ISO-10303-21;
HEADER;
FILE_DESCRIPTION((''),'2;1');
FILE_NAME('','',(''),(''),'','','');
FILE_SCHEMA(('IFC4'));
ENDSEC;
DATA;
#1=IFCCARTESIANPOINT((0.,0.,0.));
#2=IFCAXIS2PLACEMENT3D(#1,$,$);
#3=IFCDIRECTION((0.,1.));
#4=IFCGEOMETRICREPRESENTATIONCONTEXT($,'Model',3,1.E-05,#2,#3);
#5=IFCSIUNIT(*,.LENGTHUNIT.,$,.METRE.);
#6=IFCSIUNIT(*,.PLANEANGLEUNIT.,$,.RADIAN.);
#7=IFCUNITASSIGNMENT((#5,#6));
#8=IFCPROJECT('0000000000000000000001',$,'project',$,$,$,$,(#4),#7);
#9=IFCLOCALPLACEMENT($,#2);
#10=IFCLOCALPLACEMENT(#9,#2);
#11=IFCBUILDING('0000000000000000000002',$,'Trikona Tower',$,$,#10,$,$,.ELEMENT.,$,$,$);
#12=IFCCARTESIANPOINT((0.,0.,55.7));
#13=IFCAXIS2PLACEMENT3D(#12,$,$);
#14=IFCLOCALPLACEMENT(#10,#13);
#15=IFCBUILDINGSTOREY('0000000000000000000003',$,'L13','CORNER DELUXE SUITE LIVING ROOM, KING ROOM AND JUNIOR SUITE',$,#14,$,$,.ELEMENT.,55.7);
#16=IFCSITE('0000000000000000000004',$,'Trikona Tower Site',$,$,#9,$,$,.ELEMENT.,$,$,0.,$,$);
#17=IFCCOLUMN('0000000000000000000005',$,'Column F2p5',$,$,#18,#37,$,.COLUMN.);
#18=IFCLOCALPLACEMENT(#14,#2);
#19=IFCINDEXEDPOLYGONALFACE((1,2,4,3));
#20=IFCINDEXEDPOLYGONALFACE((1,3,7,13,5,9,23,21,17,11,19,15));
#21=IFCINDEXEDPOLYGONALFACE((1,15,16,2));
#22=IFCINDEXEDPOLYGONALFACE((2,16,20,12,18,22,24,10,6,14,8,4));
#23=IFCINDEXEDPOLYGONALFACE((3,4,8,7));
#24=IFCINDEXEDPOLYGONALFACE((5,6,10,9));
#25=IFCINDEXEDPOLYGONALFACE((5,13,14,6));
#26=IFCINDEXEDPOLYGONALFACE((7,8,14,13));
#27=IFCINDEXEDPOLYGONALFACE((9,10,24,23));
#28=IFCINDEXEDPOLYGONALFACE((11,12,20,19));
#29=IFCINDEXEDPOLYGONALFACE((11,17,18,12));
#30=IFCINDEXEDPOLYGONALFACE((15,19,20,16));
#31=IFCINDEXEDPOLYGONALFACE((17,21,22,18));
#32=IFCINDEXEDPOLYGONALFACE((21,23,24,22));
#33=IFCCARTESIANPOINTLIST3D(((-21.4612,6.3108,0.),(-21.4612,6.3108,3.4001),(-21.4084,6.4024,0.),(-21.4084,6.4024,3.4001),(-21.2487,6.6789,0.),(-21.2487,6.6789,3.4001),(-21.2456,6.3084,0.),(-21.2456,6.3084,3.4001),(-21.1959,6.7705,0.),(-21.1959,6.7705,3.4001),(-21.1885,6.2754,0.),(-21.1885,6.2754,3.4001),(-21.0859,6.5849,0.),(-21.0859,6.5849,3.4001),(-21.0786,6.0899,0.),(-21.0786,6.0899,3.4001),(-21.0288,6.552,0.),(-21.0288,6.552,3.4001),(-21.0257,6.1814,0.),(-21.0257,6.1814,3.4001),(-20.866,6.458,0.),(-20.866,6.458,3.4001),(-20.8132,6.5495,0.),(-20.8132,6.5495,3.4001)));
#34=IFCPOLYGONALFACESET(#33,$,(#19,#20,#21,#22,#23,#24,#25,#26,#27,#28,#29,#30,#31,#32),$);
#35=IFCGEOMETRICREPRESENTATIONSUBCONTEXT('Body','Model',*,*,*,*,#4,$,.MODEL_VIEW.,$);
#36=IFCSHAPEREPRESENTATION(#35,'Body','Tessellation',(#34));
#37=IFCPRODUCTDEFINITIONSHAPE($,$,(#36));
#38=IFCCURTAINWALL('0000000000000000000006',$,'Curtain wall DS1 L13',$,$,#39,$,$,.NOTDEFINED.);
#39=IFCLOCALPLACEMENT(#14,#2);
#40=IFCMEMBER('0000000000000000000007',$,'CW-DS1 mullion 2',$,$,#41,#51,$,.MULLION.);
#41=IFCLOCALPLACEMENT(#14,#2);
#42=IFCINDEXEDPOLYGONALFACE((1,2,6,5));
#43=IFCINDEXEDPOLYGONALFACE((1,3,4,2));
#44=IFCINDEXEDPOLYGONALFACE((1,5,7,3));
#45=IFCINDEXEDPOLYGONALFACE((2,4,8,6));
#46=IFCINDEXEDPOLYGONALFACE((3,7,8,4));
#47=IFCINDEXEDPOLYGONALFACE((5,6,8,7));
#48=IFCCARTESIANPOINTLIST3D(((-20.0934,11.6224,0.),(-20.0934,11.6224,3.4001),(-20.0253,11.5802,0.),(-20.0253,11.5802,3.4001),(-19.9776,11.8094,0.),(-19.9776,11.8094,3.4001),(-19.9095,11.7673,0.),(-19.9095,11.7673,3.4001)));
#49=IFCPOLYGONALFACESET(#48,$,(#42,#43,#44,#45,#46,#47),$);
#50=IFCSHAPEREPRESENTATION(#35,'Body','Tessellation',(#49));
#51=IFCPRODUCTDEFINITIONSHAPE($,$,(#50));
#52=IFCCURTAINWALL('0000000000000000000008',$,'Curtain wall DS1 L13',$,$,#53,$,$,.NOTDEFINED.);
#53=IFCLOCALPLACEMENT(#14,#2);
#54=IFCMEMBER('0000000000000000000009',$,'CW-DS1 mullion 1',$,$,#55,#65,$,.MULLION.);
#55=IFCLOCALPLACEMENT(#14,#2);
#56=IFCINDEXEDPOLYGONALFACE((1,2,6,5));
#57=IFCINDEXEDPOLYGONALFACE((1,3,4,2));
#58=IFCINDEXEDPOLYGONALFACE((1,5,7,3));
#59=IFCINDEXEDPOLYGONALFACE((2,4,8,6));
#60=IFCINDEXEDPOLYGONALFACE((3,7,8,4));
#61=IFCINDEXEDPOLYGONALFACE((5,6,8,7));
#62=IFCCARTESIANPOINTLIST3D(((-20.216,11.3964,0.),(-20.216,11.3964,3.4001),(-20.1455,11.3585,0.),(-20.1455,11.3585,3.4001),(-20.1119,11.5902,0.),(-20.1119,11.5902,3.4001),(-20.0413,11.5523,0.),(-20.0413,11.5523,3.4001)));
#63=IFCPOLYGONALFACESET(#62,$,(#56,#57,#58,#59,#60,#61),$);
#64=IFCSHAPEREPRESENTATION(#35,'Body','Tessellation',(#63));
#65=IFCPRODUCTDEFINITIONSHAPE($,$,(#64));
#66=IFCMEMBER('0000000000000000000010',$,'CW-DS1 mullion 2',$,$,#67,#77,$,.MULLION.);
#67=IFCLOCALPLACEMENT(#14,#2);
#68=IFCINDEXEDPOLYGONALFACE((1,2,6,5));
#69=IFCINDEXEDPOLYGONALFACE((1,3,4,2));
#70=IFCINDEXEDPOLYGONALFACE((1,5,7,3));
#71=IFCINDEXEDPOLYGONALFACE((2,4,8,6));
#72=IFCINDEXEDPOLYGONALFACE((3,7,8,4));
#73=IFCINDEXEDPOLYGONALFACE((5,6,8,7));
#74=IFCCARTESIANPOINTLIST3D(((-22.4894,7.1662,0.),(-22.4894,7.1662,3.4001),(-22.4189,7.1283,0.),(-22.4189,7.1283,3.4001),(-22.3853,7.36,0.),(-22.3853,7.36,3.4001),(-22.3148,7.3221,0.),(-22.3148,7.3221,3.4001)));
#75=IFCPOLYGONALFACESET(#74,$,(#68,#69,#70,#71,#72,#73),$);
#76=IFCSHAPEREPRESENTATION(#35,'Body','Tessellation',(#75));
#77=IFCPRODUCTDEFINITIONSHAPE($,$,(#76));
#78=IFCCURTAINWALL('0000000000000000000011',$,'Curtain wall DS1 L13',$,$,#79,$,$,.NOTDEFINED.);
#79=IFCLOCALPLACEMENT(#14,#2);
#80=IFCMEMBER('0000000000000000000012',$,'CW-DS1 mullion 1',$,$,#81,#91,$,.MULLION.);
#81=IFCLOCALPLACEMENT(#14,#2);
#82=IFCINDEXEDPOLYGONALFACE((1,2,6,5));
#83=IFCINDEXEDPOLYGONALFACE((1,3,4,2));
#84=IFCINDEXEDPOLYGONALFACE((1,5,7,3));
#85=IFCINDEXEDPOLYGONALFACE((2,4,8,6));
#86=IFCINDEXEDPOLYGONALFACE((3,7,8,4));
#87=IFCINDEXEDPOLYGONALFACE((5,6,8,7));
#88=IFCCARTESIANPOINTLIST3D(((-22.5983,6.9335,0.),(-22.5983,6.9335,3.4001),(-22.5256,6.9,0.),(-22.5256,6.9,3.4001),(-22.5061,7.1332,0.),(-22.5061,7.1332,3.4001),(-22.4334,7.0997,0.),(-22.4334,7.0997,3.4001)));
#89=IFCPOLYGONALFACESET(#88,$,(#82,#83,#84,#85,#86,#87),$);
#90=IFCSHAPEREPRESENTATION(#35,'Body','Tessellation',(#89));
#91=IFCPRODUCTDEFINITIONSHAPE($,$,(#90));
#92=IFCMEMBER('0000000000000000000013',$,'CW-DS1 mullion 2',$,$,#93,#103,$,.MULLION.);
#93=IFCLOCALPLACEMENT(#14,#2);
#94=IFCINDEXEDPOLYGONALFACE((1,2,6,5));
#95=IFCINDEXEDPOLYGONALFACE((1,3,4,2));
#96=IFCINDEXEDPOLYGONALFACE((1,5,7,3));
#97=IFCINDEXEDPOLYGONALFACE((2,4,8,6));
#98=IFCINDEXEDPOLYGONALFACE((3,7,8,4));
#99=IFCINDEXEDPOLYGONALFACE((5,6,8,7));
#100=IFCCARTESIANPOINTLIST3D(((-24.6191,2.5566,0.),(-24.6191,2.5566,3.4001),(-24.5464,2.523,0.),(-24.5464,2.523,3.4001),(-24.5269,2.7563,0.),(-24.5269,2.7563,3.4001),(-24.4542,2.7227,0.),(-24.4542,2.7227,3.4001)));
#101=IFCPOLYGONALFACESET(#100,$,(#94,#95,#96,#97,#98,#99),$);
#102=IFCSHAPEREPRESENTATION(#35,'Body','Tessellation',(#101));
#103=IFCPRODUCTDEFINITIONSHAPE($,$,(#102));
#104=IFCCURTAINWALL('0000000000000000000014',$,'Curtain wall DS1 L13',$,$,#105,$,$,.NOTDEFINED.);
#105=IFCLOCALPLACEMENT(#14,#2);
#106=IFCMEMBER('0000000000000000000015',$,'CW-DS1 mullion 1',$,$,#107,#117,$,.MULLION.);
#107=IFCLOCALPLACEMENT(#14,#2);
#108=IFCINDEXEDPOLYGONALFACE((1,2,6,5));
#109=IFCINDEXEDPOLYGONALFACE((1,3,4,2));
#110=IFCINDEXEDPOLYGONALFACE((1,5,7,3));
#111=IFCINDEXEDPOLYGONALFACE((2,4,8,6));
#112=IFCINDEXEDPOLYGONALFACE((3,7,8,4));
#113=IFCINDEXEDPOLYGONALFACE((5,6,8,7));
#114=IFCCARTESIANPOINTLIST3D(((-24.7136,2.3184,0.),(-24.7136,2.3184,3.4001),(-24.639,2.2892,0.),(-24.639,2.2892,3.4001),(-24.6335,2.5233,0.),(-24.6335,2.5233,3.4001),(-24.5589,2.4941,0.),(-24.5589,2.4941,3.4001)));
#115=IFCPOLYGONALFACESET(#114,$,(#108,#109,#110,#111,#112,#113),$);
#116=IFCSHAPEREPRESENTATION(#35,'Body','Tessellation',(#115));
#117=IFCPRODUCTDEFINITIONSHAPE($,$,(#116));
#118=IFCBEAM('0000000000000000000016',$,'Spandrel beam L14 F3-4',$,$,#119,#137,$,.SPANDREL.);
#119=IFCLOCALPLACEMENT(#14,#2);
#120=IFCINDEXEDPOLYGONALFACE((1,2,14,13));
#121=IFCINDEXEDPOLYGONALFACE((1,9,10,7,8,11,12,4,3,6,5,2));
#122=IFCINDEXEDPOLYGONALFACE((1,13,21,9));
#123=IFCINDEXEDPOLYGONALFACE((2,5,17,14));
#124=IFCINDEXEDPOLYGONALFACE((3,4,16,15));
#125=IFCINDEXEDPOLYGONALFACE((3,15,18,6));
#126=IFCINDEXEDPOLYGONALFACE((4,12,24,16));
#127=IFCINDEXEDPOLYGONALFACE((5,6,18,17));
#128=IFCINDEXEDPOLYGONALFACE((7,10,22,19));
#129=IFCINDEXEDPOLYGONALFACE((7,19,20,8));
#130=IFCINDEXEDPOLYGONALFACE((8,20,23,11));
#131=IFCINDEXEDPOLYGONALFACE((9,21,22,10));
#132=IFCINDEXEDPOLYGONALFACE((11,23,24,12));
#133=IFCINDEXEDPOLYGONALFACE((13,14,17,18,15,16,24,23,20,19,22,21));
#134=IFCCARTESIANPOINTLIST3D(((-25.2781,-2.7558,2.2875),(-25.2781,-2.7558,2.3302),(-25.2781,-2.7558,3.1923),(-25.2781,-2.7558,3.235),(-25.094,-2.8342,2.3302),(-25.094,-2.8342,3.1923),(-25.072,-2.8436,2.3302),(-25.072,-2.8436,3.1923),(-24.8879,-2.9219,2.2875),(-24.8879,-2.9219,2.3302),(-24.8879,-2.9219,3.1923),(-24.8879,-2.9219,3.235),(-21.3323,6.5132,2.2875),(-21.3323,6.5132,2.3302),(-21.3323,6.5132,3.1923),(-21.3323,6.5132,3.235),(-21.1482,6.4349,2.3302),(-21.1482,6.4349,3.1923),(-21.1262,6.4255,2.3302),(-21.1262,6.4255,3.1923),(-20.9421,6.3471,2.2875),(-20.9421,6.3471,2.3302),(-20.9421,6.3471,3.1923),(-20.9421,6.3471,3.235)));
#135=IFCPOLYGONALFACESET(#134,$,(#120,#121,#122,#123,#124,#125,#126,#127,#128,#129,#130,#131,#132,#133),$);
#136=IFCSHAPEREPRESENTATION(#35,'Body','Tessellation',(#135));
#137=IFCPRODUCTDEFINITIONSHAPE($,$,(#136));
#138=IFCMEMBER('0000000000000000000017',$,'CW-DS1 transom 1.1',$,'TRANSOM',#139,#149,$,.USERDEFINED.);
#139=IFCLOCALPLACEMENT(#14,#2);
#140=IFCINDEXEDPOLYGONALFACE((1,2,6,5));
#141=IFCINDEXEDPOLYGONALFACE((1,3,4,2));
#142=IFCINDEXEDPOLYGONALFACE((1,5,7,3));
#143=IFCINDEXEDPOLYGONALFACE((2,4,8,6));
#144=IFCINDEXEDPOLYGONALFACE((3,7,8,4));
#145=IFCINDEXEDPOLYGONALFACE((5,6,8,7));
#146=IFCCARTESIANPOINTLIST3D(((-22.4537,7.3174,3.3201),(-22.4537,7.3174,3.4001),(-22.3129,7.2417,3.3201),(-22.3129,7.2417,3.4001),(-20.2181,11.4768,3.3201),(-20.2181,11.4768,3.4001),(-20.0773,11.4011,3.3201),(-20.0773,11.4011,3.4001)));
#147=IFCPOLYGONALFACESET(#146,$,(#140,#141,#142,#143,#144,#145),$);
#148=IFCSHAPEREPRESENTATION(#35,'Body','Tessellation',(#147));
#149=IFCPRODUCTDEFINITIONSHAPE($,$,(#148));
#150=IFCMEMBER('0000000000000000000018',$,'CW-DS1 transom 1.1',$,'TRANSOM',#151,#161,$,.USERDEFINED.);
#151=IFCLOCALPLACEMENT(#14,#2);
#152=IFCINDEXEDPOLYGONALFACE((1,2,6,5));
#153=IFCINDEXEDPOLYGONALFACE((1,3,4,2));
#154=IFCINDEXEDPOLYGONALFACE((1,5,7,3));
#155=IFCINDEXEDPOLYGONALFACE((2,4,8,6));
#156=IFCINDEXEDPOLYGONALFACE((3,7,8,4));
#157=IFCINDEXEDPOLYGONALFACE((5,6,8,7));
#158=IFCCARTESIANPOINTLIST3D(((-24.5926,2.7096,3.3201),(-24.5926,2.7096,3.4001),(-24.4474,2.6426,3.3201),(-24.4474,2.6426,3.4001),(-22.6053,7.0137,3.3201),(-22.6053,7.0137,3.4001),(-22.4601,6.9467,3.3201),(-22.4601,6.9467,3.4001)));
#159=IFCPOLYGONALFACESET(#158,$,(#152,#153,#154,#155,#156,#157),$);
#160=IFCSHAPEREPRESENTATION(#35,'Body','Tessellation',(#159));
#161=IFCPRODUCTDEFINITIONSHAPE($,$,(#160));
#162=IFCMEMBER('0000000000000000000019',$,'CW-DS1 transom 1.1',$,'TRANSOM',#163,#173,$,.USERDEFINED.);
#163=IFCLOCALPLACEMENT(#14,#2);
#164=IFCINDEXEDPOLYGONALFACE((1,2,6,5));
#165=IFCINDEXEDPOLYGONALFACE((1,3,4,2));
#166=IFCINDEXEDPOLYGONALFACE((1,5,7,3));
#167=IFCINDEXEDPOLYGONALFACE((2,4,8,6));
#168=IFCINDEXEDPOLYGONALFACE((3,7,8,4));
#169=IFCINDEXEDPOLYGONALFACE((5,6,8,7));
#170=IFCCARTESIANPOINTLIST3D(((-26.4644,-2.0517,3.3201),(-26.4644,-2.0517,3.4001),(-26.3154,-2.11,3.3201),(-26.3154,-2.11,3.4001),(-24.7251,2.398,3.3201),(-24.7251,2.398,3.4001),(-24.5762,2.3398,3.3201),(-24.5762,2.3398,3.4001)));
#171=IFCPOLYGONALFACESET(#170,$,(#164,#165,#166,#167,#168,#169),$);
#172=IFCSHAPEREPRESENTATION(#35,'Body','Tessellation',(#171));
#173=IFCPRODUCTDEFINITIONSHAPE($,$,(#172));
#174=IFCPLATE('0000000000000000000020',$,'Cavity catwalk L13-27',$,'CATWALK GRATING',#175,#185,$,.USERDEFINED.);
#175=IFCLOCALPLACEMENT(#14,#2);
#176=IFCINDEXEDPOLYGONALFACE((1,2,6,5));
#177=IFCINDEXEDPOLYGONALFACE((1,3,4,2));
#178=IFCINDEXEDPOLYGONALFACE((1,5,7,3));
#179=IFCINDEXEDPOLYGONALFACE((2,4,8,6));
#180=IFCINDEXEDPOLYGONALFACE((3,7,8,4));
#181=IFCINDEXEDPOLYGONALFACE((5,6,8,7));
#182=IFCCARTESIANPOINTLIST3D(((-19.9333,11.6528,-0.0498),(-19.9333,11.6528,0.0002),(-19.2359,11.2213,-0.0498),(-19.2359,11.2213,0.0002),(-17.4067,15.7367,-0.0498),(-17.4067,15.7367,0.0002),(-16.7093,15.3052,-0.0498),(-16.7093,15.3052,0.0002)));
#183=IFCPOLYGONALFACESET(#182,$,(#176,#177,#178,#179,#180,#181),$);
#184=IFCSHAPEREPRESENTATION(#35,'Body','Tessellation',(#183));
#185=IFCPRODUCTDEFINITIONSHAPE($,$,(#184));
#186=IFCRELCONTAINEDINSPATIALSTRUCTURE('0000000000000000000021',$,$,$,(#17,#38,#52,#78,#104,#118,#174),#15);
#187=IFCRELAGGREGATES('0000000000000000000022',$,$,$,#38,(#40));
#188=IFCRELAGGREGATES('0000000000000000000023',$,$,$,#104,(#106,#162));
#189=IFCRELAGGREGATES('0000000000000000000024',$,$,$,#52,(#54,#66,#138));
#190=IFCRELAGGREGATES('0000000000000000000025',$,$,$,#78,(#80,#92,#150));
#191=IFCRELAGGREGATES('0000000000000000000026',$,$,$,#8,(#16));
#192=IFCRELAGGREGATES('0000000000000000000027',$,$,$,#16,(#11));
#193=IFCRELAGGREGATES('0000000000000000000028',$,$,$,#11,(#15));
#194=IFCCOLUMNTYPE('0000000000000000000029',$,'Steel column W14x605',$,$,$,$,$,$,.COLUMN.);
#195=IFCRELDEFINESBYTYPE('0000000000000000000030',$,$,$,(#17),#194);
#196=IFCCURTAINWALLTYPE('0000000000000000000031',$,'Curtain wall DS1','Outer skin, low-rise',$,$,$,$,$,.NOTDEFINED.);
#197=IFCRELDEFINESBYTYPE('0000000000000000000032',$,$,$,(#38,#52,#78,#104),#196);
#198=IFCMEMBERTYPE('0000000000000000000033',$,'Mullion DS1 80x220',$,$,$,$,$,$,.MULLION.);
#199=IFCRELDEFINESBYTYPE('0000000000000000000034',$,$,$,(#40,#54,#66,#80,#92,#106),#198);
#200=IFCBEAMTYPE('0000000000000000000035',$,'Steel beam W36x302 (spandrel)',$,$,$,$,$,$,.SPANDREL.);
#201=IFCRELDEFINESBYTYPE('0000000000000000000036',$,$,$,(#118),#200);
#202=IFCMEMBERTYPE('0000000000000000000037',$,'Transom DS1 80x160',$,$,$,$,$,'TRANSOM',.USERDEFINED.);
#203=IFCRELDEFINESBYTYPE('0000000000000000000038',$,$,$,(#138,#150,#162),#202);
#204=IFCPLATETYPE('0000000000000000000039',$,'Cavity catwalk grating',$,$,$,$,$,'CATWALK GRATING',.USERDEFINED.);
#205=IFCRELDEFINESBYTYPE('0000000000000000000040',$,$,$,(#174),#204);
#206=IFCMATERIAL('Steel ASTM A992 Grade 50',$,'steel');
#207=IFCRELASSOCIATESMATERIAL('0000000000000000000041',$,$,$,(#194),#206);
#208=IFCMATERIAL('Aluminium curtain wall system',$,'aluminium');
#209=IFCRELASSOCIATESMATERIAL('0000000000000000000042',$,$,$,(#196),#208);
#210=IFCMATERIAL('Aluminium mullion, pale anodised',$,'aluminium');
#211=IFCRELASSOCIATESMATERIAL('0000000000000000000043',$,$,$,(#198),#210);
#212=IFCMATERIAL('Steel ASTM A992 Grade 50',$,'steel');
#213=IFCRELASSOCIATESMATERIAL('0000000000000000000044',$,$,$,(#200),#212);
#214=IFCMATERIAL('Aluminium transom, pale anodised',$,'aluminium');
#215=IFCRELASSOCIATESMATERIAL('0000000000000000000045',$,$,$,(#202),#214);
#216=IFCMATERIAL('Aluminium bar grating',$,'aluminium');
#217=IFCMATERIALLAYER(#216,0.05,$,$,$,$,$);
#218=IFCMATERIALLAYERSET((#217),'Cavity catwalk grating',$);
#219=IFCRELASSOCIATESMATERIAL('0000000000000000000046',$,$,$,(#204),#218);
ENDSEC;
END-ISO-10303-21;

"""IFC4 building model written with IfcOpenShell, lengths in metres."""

from ifc_helpers import new_model, si_unit, direction, frame, origin, origin_2d, place, context, subcontext, project, spatial, rectangle, i_section, extrude, material, layer, layer_set, material_profile, profile_set, type_object, element, aggregate, save


model = new_model("IFC4")

# Units and contexts
model_context = context("Model", 3, precision=1e-05, world=origin(), true_north=direction((0.0, 1.0)))
body_context = subcontext(model_context, "Body", "Model", "MODEL_VIEW")
ifc_project = project(units=[si_unit("LENGTHUNIT", "METRE"), si_unit("PLANEANGLEUNIT", "RADIAN")], contexts=[model_context])

# Site, building, storey
site_placement = place(None, origin())
site = spatial("IfcSite", under=ifc_project, at=site_placement, Name="Trikona Tower Site", CompositionType="ELEMENT", RefElevation=0.0)
building_placement = place(site_placement, origin())
building = spatial("IfcBuilding", under=site, at=building_placement, Name="Trikona Tower", CompositionType="ELEMENT")
storey_placement = place(building_placement, frame((0.0, 0.0, 55.7)))
storey = spatial("IfcBuildingStorey", under=building, at=storey_placement, Name="L13", Description="CORNER DELUXE SUITE LIVING ROOM, KING ROOM AND JUNIOR SUITE", CompositionType="ELEMENT", Elevation=55.7)

# Column
ifc_material_1 = material(Name="Steel ASTM A992 Grade 50", Category="steel")
ifc_material_profile_1 = material_profile(ifc_material_1, i_section(OverallWidth=0.4419, OverallDepth=0.5308, WebThickness=0.0659, FlangeThickness=0.1057, at=origin_2d()), Name="W14X605")
ifc_profile_set_1 = profile_set([ifc_material_profile_1], Name="Steel ASTM A992 Grade 50")
column_type = type_object("IfcColumnType", Name="Steel column W14x605", PredefinedType="COLUMN", material=ifc_profile_set_1)
column_placement = place(storey_placement, frame((-21.1372, 6.4302, 0.0), z_axis=(0.0, 0.0, 1.0), x_axis=(-0.866025, 0.5, 0.0)))
element("IfcColumn", 1, at=column_placement, inside=storey, type_object=column_type, Name="Column F2p5", PredefinedType="COLUMN", context=body_context, shape_type="SweptSolid", body=[
    extrude(i_section(OverallWidth=0.4419, OverallDepth=0.5308, WebThickness=0.0659, FlangeThickness=0.1057, at=origin_2d()), origin(), (0.0, 0.0, 1.0), 3.4001),
])

# Curtain wall, member
ifc_material_2 = material(Name="Aluminium curtain wall system", Category="aluminium")
curtain_wall_type = type_object("IfcCurtainWallType", Name="Curtain wall DS1", Description="Outer skin, low-rise", PredefinedType="NOTDEFINED", material=ifc_material_2)
curtain_wall_1_placement = place(storey_placement, origin())
curtain_wall_1 = element("IfcCurtainWall", 2, at=curtain_wall_1_placement, inside=storey, type_object=curtain_wall_type, Name="Curtain wall DS1 L13", PredefinedType="NOTDEFINED")
ifc_material_3 = material(Name="Aluminium mullion, pale anodised", Category="aluminium")
ifc_material_profile_2 = material_profile(ifc_material_3, rectangle(XDim=0.0801, YDim=0.22, at=origin_2d()), Name="MUL-DS1")
ifc_profile_set_2 = profile_set([ifc_material_profile_2], Name="Aluminium mullion, pale anodised")
member_type_1 = type_object("IfcMemberType", Name="Mullion DS1 80x220", PredefinedType="MULLION", material=ifc_profile_set_2)
member_1_placement = place(storey_placement, frame((-20.0015, 11.6948, 0.0), z_axis=(0.0, 0.0, 1.0), x_axis=(0.85041, -0.52612, 0.0)))
member_1 = element("IfcMember", 3, at=member_1_placement, type_object=member_type_1, Name="CW-DS1 mullion 2", PredefinedType="MULLION", context=body_context, shape_type="SweptSolid", body=[
    extrude(rectangle(XDim=0.0801, YDim=0.22, at=origin_2d()), origin(), (0.0, 0.0, 1.0), 3.4001),
])
aggregate(curtain_wall_1, [member_1])

# Curtain walls, members
curtain_wall_2_placement = place(storey_placement, origin())
curtain_wall_2 = element("IfcCurtainWall", 4, at=curtain_wall_2_placement, inside=storey, type_object=curtain_wall_type, Name="Curtain wall DS1 L13", PredefinedType="NOTDEFINED")
member_2_placement = place(storey_placement, frame((-20.1287, 11.4744, 0.0), z_axis=(0.0, 0.0, 1.0), x_axis=(0.880843, -0.473408, 0.0)))
member_2 = element("IfcMember", 5, at=member_2_placement, type_object=member_type_1, Name="CW-DS1 mullion 1", PredefinedType="MULLION", context=body_context, shape_type="SweptSolid", body=[
    extrude(rectangle(XDim=0.0801, YDim=0.22, at=origin_2d()), origin(), (0.0, 0.0, 1.0), 3.4001),
])
member_3_placement = place(storey_placement, frame((-22.4021, 7.2441, 0.0), z_axis=(0.0, 0.0, 1.0), x_axis=(0.880843, -0.473408, 0.0)))
member_3 = element("IfcMember", 6, at=member_3_placement, type_object=member_type_1, Name="CW-DS1 mullion 2", PredefinedType="MULLION", context=body_context, shape_type="SweptSolid", body=[
    extrude(rectangle(XDim=0.0801, YDim=0.22, at=origin_2d()), origin(), (0.0, 0.0, 1.0), 3.4001),
])
curtain_wall_3_placement = place(storey_placement, origin())
curtain_wall_3 = element("IfcCurtainWall", 7, at=curtain_wall_3_placement, inside=storey, type_object=curtain_wall_type, Name="Curtain wall DS1 L13", PredefinedType="NOTDEFINED")
member_4_placement = place(storey_placement, frame((-22.5159, 7.0166, 0.0), z_axis=(0.0, 0.0, 1.0), x_axis=(0.907898, -0.41919, 0.0)))
member_4 = element("IfcMember", 8, at=member_4_placement, type_object=member_type_1, Name="CW-DS1 mullion 1", PredefinedType="MULLION", context=body_context, shape_type="SweptSolid", body=[
    extrude(rectangle(XDim=0.0801, YDim=0.22, at=origin_2d()), origin(), (0.0, 0.0, 1.0), 3.4001),
])
member_5_placement = place(storey_placement, frame((-24.5366, 2.6396, 0.0), z_axis=(0.0, 0.0, 1.0), x_axis=(0.907898, -0.41919, 0.0)))
member_5 = element("IfcMember", 9, at=member_5_placement, type_object=member_type_1, Name="CW-DS1 mullion 2", PredefinedType="MULLION", context=body_context, shape_type="SweptSolid", body=[
    extrude(rectangle(XDim=0.0801, YDim=0.22, at=origin_2d()), origin(), (0.0, 0.0, 1.0), 3.4001),
])

# Curtain wall, member
curtain_wall_4_placement = place(storey_placement, origin())
curtain_wall_4 = element("IfcCurtainWall", 10, at=curtain_wall_4_placement, inside=storey, type_object=curtain_wall_type, Name="Curtain wall DS1 L13", PredefinedType="NOTDEFINED")
member_6_placement = place(storey_placement, frame((-24.6362, 2.4062, 0.0), z_axis=(0.0, 0.0, 1.0), x_axis=(0.931396, -0.364008, 0.0)))
member_6 = element("IfcMember", 11, at=member_6_placement, type_object=member_type_1, Name="CW-DS1 mullion 1", PredefinedType="MULLION", context=body_context, shape_type="SweptSolid", body=[
    extrude(rectangle(XDim=0.0801, YDim=0.22, at=origin_2d()), origin(), (0.0, 0.0, 1.0), 3.4001),
])

# Beam
ifc_material_4 = material(Name="Steel ASTM A992 Grade 50", Category="steel")
ifc_material_profile_3 = material_profile(ifc_material_4, i_section(OverallWidth=0.4241, OverallDepth=0.9475, WebThickness=0.0239, FlangeThickness=0.0427, at=origin_2d()), Name="W36X302")
ifc_profile_set_3 = profile_set([ifc_material_profile_3], Name="Steel ASTM A992 Grade 50")
beam_type = type_object("IfcBeamType", Name="Steel beam W36x302 (spandrel)", PredefinedType="SPANDREL", material=ifc_profile_set_3)
beam_placement = place(storey_placement, frame((-21.1372, 6.4302, 2.7612), z_axis=(-0.391684, -0.9201, 0.0), x_axis=(0.9201, -0.391684, 0.0)))
element("IfcBeam", 12, at=beam_placement, inside=storey, type_object=beam_type, Name="Spandrel beam L14 F3-4", PredefinedType="SPANDREL", context=body_context, shape_type="SweptSolid", body=[
    extrude(i_section(OverallWidth=0.4241, OverallDepth=0.9475, WebThickness=0.0239, FlangeThickness=0.0427, at=origin_2d()), origin(), (0.0, 0.0, 1.0), 10.074),
])

# Members
ifc_material_5 = material(Name="Aluminium transom, pale anodised", Category="aluminium")
ifc_material_profile_4 = material_profile(ifc_material_5, rectangle(XDim=0.1599, YDim=0.0801, at=origin_2d()), Name="TRN-DS1")
ifc_profile_set_4 = profile_set([ifc_material_profile_4], Name="Aluminium transom, pale anodised")
member_type_2 = type_object("IfcMemberType", Name="Transom DS1 80x160", ElementType="TRANSOM", PredefinedType="USERDEFINED", material=ifc_profile_set_4)
member_7_placement = place(storey_placement, frame((-20.1477, 11.439, 3.3601), z_axis=(-0.473428, -0.880833, 0.0), x_axis=(0.880833, -0.473428, 0.0)))
member_7 = element("IfcMember", 13, at=member_7_placement, type_object=member_type_2, Name="CW-DS1 transom 1.1", ObjectType="TRANSOM", PredefinedType="USERDEFINED", context=body_context, shape_type="SweptSolid", body=[
    extrude(rectangle(XDim=0.1599, YDim=0.0801, at=origin_2d()), origin(), (0.0, 0.0, 1.0), 4.7222),
])
member_8_placement = place(storey_placement, frame((-22.5327, 6.9802, 3.3601), z_axis=(-0.419189, -0.907899, 0.0), x_axis=(0.907899, -0.419189, 0.0)))
member_8 = element("IfcMember", 14, at=member_8_placement, type_object=member_type_2, Name="CW-DS1 transom 1.1", ObjectType="TRANSOM", PredefinedType="USERDEFINED", context=body_context, shape_type="SweptSolid", body=[
    extrude(rectangle(XDim=0.1599, YDim=0.0801, at=origin_2d()), origin(), (0.0, 0.0, 1.0), 4.7407),
])
member_9_placement = place(storey_placement, frame((-24.6506, 2.3689, 3.3601), z_axis=(-0.364049, -0.93138, 0.0), x_axis=(0.93138, -0.364049, 0.0)))
member_9 = element("IfcMember", 15, at=member_9_placement, type_object=member_type_2, Name="CW-DS1 transom 1.1", ObjectType="TRANSOM", PredefinedType="USERDEFINED", context=body_context, shape_type="SweptSolid", body=[
    extrude(rectangle(XDim=0.1599, YDim=0.0801, at=origin_2d()), origin(), (0.0, 0.0, 1.0), 4.7776),
])
aggregate(curtain_wall_4, [member_6, member_9])

# Plate
ifc_material_6 = material(Name="Aluminium bar grating", Category="aluminium")
ifc_layer_1 = layer(ifc_material_6, 0.05)
ifc_layer_set_1 = layer_set([ifc_layer_1], Name="Cavity catwalk grating")
plate_type_1 = type_object("IfcPlateType", Name="Cavity catwalk grating", ElementType="CATWALK GRATING", PredefinedType="USERDEFINED", material=ifc_layer_set_1)
for number, where, z_axis, x_axis, name in (
    (16, (-18.3213, 13.479, -0.0498), (0.0, 0.0, 1.0), (-0.526119, -0.850411, 0.0), "Cavity catwalk L13-27"),
):
    element("IfcPlate", number, at=place(storey_placement, frame(where, z_axis=z_axis, x_axis=x_axis)), inside=storey, type_object=plate_type_1, Name=name, ObjectType="CATWALK GRATING", PredefinedType="USERDEFINED", context=body_context, shape_type="SweptSolid", body=[
        extrude(rectangle(XDim=4.8022, YDim=0.8201, at=origin_2d()), origin(), (0.0, 0.0, 1.0), 0.05),
    ])

aggregate(curtain_wall_2, [member_2, member_3, member_7])
aggregate(curtain_wall_3, [member_4, member_5, member_8])

save(model, "model.ifc")
